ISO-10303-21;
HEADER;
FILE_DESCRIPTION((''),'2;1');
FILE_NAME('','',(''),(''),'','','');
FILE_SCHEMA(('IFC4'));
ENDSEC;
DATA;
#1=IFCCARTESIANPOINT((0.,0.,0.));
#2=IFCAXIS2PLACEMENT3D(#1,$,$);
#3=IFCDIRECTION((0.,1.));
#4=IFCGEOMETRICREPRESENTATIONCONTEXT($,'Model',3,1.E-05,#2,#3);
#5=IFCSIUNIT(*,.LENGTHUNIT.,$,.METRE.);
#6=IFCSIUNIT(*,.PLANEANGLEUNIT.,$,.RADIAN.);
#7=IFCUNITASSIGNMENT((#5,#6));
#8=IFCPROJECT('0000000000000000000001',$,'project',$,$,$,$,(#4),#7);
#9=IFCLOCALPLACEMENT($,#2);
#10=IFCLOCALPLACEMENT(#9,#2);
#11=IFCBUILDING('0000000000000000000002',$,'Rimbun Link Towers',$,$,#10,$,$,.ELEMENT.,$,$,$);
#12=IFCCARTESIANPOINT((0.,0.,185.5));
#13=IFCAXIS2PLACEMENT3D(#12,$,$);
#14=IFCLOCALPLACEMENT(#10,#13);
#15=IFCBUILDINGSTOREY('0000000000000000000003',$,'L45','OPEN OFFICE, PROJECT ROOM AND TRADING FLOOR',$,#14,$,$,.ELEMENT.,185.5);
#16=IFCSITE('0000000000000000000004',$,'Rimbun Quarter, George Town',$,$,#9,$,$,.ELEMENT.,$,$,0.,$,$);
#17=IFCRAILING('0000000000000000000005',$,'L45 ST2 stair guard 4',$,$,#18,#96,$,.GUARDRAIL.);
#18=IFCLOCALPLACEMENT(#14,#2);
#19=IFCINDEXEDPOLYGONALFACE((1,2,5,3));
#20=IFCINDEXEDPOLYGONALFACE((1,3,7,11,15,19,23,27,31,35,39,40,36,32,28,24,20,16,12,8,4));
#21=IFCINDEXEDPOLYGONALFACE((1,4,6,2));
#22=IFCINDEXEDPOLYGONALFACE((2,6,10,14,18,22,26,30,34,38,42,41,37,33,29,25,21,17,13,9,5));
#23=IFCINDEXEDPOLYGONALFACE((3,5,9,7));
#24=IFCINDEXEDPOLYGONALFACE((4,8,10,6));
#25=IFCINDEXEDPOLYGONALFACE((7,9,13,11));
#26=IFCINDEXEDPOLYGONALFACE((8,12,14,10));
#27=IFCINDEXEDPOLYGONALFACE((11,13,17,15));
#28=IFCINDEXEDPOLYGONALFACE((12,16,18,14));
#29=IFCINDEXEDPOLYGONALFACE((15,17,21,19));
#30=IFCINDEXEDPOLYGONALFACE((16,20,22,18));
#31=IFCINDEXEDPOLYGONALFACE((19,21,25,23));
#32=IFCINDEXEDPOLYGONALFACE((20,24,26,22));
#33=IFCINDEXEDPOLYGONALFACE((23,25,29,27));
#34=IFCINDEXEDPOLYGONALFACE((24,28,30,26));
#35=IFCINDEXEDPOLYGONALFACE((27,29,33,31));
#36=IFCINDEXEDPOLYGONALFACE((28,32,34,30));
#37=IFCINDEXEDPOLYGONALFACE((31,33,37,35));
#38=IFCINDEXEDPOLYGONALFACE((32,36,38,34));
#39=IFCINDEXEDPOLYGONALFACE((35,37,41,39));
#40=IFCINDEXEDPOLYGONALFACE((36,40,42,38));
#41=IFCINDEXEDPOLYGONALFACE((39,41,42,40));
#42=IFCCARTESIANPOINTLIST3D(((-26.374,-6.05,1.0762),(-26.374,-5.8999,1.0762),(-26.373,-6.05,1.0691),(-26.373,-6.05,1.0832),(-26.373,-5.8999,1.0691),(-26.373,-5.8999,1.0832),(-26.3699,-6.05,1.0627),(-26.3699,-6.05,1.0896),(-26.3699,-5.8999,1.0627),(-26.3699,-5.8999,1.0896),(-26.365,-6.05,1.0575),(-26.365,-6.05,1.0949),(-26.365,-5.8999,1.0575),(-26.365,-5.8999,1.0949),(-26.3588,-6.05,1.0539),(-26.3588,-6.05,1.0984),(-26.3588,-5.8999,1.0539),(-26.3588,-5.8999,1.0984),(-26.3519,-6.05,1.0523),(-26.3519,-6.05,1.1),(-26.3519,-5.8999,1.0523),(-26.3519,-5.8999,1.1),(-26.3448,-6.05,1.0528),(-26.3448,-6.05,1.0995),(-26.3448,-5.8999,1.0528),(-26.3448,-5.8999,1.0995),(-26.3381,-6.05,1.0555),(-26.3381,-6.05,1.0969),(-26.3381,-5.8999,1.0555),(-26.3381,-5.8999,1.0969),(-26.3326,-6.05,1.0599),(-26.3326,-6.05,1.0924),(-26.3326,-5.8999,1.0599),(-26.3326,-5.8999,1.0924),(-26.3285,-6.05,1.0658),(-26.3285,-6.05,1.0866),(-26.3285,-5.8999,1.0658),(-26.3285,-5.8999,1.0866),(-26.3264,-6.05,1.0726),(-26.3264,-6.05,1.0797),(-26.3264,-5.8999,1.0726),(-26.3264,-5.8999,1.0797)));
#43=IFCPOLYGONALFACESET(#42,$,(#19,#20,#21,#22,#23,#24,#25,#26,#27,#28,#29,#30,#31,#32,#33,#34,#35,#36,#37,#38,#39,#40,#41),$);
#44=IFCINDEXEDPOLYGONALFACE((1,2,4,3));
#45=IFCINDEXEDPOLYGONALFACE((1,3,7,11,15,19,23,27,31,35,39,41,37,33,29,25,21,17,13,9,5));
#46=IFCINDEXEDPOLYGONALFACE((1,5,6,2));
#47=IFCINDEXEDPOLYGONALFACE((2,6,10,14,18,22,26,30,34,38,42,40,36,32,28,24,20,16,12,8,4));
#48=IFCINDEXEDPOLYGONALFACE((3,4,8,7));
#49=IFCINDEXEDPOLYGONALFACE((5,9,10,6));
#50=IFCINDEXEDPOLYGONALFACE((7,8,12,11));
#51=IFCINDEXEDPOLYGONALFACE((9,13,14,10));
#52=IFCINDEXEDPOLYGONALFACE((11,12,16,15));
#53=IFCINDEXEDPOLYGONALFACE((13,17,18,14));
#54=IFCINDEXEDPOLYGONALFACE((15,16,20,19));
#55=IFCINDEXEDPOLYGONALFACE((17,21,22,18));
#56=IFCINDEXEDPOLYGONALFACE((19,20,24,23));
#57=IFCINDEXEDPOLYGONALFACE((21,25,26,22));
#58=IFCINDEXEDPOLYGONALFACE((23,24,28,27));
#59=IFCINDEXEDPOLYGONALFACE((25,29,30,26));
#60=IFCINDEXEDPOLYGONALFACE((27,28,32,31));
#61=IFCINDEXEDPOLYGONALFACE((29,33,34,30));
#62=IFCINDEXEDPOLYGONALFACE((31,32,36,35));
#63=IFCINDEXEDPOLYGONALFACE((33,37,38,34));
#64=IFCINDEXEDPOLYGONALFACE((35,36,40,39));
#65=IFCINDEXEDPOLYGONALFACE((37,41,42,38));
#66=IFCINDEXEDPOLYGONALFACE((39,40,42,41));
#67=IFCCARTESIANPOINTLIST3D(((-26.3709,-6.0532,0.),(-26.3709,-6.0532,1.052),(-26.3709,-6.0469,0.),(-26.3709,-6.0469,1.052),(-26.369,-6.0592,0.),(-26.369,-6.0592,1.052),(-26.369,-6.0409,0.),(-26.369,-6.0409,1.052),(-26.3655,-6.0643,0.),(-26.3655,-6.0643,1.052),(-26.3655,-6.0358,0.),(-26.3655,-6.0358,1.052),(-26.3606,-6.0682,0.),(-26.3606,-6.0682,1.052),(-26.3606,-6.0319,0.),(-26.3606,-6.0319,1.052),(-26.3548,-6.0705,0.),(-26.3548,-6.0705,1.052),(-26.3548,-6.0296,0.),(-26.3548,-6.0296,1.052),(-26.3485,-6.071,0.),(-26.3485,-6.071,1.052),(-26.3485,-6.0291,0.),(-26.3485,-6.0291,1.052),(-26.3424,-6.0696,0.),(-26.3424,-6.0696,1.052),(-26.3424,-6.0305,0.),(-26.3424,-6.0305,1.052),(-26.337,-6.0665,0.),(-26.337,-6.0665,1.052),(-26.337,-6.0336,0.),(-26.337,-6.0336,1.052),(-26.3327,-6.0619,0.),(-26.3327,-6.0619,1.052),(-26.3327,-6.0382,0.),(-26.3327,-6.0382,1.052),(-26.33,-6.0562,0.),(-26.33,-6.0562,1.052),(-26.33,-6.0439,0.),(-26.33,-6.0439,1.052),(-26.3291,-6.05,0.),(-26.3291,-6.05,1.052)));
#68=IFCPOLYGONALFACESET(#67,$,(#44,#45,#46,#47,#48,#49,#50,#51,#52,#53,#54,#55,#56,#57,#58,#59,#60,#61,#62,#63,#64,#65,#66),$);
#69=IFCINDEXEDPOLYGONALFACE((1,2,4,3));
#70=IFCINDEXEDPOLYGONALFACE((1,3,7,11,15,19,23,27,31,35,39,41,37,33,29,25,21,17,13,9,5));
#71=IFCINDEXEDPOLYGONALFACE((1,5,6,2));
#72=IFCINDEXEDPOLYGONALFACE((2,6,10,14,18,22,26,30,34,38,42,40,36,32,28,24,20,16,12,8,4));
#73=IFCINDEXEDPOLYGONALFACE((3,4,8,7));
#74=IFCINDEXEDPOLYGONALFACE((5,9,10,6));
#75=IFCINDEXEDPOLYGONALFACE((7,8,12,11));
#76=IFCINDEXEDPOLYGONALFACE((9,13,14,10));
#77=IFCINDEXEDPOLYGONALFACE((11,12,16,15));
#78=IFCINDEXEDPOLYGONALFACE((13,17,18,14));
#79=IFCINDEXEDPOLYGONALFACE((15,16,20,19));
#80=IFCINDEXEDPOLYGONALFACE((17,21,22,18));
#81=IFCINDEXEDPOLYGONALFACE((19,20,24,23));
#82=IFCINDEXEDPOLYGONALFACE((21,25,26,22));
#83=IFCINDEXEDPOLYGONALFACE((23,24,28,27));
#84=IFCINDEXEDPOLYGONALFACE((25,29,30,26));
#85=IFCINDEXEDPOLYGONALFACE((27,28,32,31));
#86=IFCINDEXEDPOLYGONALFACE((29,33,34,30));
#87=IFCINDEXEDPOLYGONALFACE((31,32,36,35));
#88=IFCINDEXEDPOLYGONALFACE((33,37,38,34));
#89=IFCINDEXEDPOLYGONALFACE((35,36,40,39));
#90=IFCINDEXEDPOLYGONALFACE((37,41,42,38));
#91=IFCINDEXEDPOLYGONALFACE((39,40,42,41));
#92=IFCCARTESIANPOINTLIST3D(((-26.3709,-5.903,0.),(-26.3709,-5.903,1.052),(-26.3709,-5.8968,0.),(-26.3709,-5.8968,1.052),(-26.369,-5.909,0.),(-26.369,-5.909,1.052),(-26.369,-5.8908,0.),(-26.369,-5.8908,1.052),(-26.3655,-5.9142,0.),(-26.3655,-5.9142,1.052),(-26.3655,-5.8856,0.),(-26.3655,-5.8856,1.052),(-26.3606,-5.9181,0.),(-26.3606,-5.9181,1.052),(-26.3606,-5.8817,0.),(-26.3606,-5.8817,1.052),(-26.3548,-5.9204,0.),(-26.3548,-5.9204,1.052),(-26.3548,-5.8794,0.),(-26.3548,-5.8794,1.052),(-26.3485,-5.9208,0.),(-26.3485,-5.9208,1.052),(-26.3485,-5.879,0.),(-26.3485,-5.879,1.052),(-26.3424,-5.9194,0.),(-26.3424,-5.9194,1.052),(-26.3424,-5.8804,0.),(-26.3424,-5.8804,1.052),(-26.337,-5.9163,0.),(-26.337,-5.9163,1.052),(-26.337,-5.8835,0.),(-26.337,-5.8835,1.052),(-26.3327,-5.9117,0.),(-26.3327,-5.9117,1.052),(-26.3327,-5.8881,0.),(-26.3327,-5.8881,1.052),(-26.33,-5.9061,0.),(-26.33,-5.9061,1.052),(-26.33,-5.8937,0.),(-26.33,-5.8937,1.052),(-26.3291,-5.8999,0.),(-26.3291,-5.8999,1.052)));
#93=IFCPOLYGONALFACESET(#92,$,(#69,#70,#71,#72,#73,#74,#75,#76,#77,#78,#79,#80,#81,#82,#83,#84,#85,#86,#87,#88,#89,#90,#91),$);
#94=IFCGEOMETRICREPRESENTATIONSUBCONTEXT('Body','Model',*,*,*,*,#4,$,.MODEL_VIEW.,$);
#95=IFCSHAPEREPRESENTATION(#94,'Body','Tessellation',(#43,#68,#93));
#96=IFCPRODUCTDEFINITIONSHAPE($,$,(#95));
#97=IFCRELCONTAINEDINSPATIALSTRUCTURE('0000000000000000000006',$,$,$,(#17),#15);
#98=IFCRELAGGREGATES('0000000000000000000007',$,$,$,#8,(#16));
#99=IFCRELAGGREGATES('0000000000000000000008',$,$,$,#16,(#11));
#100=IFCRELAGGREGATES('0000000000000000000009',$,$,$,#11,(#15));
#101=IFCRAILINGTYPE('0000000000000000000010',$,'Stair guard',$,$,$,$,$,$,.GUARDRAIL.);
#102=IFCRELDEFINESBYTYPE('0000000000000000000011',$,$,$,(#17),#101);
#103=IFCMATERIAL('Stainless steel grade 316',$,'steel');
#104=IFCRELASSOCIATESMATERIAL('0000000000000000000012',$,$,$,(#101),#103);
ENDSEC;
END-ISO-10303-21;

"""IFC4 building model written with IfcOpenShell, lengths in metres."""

from ifc_helpers import new_model, si_unit, direction, frame, origin, origin_2d, place, context, subcontext, project, spatial, circle, extrude, material, type_object, element, save


model = new_model("IFC4")

# Units and contexts
model_context = context("Model", 3, precision=1e-05, world=origin(), true_north=direction((0.0, 1.0)))
body_context = subcontext(model_context, "Body", "Model", "MODEL_VIEW")
ifc_project = project(units=[si_unit("LENGTHUNIT", "METRE"), si_unit("PLANEANGLEUNIT", "RADIAN")], contexts=[model_context])

# Site, building, storey
site_placement = place(None, origin())
site = spatial("IfcSite", under=ifc_project, at=site_placement, Name="Rimbun Quarter, George Town", CompositionType="ELEMENT", RefElevation=0.0)
building_placement = place(site_placement, origin())
building = spatial("IfcBuilding", under=site, at=building_placement, Name="Rimbun Link Towers", CompositionType="ELEMENT")
storey_placement = place(building_placement, frame((0.0, 0.0, 185.5)))
storey = spatial("IfcBuildingStorey", under=building, at=storey_placement, Name="L45", Description="OPEN OFFICE, PROJECT ROOM AND TRADING FLOOR", CompositionType="ELEMENT", Elevation=185.5)

# Railing
ifc_material_1 = material(Name="Stainless steel grade 316", Category="steel")
railing_type_1 = type_object("IfcRailingType", Name="Stair guard", PredefinedType="GUARDRAIL", material=ifc_material_1)
railing_1_placement = place(storey_placement, frame((-26.3501, -6.05, 0.0)))
element("IfcRailing", 1, at=railing_1_placement, inside=storey, type_object=railing_type_1, Name="L45 ST2 stair guard 4", PredefinedType="GUARDRAIL", context=body_context, shape_type="SweptSolid", body=[
    extrude(circle(Radius=0.0239, at=origin_2d()), frame((0.0, 0.0, 1.0762), z_axis=(0.0, 1.0, 0.0), x_axis=(-1.0, 0.0, 0.0)), (0.0, 0.0, 1.0), 0.1501),
    extrude(circle(Radius=0.021, at=origin_2d()), origin(), (0.0, 0.0, 1.0), 1.052),
    extrude(circle(Radius=0.021, at=origin_2d()), frame((0.0, 0.1501, 0.0)), (0.0, 0.0, 1.0), 1.052),
])

save(model, "model.ifc")
